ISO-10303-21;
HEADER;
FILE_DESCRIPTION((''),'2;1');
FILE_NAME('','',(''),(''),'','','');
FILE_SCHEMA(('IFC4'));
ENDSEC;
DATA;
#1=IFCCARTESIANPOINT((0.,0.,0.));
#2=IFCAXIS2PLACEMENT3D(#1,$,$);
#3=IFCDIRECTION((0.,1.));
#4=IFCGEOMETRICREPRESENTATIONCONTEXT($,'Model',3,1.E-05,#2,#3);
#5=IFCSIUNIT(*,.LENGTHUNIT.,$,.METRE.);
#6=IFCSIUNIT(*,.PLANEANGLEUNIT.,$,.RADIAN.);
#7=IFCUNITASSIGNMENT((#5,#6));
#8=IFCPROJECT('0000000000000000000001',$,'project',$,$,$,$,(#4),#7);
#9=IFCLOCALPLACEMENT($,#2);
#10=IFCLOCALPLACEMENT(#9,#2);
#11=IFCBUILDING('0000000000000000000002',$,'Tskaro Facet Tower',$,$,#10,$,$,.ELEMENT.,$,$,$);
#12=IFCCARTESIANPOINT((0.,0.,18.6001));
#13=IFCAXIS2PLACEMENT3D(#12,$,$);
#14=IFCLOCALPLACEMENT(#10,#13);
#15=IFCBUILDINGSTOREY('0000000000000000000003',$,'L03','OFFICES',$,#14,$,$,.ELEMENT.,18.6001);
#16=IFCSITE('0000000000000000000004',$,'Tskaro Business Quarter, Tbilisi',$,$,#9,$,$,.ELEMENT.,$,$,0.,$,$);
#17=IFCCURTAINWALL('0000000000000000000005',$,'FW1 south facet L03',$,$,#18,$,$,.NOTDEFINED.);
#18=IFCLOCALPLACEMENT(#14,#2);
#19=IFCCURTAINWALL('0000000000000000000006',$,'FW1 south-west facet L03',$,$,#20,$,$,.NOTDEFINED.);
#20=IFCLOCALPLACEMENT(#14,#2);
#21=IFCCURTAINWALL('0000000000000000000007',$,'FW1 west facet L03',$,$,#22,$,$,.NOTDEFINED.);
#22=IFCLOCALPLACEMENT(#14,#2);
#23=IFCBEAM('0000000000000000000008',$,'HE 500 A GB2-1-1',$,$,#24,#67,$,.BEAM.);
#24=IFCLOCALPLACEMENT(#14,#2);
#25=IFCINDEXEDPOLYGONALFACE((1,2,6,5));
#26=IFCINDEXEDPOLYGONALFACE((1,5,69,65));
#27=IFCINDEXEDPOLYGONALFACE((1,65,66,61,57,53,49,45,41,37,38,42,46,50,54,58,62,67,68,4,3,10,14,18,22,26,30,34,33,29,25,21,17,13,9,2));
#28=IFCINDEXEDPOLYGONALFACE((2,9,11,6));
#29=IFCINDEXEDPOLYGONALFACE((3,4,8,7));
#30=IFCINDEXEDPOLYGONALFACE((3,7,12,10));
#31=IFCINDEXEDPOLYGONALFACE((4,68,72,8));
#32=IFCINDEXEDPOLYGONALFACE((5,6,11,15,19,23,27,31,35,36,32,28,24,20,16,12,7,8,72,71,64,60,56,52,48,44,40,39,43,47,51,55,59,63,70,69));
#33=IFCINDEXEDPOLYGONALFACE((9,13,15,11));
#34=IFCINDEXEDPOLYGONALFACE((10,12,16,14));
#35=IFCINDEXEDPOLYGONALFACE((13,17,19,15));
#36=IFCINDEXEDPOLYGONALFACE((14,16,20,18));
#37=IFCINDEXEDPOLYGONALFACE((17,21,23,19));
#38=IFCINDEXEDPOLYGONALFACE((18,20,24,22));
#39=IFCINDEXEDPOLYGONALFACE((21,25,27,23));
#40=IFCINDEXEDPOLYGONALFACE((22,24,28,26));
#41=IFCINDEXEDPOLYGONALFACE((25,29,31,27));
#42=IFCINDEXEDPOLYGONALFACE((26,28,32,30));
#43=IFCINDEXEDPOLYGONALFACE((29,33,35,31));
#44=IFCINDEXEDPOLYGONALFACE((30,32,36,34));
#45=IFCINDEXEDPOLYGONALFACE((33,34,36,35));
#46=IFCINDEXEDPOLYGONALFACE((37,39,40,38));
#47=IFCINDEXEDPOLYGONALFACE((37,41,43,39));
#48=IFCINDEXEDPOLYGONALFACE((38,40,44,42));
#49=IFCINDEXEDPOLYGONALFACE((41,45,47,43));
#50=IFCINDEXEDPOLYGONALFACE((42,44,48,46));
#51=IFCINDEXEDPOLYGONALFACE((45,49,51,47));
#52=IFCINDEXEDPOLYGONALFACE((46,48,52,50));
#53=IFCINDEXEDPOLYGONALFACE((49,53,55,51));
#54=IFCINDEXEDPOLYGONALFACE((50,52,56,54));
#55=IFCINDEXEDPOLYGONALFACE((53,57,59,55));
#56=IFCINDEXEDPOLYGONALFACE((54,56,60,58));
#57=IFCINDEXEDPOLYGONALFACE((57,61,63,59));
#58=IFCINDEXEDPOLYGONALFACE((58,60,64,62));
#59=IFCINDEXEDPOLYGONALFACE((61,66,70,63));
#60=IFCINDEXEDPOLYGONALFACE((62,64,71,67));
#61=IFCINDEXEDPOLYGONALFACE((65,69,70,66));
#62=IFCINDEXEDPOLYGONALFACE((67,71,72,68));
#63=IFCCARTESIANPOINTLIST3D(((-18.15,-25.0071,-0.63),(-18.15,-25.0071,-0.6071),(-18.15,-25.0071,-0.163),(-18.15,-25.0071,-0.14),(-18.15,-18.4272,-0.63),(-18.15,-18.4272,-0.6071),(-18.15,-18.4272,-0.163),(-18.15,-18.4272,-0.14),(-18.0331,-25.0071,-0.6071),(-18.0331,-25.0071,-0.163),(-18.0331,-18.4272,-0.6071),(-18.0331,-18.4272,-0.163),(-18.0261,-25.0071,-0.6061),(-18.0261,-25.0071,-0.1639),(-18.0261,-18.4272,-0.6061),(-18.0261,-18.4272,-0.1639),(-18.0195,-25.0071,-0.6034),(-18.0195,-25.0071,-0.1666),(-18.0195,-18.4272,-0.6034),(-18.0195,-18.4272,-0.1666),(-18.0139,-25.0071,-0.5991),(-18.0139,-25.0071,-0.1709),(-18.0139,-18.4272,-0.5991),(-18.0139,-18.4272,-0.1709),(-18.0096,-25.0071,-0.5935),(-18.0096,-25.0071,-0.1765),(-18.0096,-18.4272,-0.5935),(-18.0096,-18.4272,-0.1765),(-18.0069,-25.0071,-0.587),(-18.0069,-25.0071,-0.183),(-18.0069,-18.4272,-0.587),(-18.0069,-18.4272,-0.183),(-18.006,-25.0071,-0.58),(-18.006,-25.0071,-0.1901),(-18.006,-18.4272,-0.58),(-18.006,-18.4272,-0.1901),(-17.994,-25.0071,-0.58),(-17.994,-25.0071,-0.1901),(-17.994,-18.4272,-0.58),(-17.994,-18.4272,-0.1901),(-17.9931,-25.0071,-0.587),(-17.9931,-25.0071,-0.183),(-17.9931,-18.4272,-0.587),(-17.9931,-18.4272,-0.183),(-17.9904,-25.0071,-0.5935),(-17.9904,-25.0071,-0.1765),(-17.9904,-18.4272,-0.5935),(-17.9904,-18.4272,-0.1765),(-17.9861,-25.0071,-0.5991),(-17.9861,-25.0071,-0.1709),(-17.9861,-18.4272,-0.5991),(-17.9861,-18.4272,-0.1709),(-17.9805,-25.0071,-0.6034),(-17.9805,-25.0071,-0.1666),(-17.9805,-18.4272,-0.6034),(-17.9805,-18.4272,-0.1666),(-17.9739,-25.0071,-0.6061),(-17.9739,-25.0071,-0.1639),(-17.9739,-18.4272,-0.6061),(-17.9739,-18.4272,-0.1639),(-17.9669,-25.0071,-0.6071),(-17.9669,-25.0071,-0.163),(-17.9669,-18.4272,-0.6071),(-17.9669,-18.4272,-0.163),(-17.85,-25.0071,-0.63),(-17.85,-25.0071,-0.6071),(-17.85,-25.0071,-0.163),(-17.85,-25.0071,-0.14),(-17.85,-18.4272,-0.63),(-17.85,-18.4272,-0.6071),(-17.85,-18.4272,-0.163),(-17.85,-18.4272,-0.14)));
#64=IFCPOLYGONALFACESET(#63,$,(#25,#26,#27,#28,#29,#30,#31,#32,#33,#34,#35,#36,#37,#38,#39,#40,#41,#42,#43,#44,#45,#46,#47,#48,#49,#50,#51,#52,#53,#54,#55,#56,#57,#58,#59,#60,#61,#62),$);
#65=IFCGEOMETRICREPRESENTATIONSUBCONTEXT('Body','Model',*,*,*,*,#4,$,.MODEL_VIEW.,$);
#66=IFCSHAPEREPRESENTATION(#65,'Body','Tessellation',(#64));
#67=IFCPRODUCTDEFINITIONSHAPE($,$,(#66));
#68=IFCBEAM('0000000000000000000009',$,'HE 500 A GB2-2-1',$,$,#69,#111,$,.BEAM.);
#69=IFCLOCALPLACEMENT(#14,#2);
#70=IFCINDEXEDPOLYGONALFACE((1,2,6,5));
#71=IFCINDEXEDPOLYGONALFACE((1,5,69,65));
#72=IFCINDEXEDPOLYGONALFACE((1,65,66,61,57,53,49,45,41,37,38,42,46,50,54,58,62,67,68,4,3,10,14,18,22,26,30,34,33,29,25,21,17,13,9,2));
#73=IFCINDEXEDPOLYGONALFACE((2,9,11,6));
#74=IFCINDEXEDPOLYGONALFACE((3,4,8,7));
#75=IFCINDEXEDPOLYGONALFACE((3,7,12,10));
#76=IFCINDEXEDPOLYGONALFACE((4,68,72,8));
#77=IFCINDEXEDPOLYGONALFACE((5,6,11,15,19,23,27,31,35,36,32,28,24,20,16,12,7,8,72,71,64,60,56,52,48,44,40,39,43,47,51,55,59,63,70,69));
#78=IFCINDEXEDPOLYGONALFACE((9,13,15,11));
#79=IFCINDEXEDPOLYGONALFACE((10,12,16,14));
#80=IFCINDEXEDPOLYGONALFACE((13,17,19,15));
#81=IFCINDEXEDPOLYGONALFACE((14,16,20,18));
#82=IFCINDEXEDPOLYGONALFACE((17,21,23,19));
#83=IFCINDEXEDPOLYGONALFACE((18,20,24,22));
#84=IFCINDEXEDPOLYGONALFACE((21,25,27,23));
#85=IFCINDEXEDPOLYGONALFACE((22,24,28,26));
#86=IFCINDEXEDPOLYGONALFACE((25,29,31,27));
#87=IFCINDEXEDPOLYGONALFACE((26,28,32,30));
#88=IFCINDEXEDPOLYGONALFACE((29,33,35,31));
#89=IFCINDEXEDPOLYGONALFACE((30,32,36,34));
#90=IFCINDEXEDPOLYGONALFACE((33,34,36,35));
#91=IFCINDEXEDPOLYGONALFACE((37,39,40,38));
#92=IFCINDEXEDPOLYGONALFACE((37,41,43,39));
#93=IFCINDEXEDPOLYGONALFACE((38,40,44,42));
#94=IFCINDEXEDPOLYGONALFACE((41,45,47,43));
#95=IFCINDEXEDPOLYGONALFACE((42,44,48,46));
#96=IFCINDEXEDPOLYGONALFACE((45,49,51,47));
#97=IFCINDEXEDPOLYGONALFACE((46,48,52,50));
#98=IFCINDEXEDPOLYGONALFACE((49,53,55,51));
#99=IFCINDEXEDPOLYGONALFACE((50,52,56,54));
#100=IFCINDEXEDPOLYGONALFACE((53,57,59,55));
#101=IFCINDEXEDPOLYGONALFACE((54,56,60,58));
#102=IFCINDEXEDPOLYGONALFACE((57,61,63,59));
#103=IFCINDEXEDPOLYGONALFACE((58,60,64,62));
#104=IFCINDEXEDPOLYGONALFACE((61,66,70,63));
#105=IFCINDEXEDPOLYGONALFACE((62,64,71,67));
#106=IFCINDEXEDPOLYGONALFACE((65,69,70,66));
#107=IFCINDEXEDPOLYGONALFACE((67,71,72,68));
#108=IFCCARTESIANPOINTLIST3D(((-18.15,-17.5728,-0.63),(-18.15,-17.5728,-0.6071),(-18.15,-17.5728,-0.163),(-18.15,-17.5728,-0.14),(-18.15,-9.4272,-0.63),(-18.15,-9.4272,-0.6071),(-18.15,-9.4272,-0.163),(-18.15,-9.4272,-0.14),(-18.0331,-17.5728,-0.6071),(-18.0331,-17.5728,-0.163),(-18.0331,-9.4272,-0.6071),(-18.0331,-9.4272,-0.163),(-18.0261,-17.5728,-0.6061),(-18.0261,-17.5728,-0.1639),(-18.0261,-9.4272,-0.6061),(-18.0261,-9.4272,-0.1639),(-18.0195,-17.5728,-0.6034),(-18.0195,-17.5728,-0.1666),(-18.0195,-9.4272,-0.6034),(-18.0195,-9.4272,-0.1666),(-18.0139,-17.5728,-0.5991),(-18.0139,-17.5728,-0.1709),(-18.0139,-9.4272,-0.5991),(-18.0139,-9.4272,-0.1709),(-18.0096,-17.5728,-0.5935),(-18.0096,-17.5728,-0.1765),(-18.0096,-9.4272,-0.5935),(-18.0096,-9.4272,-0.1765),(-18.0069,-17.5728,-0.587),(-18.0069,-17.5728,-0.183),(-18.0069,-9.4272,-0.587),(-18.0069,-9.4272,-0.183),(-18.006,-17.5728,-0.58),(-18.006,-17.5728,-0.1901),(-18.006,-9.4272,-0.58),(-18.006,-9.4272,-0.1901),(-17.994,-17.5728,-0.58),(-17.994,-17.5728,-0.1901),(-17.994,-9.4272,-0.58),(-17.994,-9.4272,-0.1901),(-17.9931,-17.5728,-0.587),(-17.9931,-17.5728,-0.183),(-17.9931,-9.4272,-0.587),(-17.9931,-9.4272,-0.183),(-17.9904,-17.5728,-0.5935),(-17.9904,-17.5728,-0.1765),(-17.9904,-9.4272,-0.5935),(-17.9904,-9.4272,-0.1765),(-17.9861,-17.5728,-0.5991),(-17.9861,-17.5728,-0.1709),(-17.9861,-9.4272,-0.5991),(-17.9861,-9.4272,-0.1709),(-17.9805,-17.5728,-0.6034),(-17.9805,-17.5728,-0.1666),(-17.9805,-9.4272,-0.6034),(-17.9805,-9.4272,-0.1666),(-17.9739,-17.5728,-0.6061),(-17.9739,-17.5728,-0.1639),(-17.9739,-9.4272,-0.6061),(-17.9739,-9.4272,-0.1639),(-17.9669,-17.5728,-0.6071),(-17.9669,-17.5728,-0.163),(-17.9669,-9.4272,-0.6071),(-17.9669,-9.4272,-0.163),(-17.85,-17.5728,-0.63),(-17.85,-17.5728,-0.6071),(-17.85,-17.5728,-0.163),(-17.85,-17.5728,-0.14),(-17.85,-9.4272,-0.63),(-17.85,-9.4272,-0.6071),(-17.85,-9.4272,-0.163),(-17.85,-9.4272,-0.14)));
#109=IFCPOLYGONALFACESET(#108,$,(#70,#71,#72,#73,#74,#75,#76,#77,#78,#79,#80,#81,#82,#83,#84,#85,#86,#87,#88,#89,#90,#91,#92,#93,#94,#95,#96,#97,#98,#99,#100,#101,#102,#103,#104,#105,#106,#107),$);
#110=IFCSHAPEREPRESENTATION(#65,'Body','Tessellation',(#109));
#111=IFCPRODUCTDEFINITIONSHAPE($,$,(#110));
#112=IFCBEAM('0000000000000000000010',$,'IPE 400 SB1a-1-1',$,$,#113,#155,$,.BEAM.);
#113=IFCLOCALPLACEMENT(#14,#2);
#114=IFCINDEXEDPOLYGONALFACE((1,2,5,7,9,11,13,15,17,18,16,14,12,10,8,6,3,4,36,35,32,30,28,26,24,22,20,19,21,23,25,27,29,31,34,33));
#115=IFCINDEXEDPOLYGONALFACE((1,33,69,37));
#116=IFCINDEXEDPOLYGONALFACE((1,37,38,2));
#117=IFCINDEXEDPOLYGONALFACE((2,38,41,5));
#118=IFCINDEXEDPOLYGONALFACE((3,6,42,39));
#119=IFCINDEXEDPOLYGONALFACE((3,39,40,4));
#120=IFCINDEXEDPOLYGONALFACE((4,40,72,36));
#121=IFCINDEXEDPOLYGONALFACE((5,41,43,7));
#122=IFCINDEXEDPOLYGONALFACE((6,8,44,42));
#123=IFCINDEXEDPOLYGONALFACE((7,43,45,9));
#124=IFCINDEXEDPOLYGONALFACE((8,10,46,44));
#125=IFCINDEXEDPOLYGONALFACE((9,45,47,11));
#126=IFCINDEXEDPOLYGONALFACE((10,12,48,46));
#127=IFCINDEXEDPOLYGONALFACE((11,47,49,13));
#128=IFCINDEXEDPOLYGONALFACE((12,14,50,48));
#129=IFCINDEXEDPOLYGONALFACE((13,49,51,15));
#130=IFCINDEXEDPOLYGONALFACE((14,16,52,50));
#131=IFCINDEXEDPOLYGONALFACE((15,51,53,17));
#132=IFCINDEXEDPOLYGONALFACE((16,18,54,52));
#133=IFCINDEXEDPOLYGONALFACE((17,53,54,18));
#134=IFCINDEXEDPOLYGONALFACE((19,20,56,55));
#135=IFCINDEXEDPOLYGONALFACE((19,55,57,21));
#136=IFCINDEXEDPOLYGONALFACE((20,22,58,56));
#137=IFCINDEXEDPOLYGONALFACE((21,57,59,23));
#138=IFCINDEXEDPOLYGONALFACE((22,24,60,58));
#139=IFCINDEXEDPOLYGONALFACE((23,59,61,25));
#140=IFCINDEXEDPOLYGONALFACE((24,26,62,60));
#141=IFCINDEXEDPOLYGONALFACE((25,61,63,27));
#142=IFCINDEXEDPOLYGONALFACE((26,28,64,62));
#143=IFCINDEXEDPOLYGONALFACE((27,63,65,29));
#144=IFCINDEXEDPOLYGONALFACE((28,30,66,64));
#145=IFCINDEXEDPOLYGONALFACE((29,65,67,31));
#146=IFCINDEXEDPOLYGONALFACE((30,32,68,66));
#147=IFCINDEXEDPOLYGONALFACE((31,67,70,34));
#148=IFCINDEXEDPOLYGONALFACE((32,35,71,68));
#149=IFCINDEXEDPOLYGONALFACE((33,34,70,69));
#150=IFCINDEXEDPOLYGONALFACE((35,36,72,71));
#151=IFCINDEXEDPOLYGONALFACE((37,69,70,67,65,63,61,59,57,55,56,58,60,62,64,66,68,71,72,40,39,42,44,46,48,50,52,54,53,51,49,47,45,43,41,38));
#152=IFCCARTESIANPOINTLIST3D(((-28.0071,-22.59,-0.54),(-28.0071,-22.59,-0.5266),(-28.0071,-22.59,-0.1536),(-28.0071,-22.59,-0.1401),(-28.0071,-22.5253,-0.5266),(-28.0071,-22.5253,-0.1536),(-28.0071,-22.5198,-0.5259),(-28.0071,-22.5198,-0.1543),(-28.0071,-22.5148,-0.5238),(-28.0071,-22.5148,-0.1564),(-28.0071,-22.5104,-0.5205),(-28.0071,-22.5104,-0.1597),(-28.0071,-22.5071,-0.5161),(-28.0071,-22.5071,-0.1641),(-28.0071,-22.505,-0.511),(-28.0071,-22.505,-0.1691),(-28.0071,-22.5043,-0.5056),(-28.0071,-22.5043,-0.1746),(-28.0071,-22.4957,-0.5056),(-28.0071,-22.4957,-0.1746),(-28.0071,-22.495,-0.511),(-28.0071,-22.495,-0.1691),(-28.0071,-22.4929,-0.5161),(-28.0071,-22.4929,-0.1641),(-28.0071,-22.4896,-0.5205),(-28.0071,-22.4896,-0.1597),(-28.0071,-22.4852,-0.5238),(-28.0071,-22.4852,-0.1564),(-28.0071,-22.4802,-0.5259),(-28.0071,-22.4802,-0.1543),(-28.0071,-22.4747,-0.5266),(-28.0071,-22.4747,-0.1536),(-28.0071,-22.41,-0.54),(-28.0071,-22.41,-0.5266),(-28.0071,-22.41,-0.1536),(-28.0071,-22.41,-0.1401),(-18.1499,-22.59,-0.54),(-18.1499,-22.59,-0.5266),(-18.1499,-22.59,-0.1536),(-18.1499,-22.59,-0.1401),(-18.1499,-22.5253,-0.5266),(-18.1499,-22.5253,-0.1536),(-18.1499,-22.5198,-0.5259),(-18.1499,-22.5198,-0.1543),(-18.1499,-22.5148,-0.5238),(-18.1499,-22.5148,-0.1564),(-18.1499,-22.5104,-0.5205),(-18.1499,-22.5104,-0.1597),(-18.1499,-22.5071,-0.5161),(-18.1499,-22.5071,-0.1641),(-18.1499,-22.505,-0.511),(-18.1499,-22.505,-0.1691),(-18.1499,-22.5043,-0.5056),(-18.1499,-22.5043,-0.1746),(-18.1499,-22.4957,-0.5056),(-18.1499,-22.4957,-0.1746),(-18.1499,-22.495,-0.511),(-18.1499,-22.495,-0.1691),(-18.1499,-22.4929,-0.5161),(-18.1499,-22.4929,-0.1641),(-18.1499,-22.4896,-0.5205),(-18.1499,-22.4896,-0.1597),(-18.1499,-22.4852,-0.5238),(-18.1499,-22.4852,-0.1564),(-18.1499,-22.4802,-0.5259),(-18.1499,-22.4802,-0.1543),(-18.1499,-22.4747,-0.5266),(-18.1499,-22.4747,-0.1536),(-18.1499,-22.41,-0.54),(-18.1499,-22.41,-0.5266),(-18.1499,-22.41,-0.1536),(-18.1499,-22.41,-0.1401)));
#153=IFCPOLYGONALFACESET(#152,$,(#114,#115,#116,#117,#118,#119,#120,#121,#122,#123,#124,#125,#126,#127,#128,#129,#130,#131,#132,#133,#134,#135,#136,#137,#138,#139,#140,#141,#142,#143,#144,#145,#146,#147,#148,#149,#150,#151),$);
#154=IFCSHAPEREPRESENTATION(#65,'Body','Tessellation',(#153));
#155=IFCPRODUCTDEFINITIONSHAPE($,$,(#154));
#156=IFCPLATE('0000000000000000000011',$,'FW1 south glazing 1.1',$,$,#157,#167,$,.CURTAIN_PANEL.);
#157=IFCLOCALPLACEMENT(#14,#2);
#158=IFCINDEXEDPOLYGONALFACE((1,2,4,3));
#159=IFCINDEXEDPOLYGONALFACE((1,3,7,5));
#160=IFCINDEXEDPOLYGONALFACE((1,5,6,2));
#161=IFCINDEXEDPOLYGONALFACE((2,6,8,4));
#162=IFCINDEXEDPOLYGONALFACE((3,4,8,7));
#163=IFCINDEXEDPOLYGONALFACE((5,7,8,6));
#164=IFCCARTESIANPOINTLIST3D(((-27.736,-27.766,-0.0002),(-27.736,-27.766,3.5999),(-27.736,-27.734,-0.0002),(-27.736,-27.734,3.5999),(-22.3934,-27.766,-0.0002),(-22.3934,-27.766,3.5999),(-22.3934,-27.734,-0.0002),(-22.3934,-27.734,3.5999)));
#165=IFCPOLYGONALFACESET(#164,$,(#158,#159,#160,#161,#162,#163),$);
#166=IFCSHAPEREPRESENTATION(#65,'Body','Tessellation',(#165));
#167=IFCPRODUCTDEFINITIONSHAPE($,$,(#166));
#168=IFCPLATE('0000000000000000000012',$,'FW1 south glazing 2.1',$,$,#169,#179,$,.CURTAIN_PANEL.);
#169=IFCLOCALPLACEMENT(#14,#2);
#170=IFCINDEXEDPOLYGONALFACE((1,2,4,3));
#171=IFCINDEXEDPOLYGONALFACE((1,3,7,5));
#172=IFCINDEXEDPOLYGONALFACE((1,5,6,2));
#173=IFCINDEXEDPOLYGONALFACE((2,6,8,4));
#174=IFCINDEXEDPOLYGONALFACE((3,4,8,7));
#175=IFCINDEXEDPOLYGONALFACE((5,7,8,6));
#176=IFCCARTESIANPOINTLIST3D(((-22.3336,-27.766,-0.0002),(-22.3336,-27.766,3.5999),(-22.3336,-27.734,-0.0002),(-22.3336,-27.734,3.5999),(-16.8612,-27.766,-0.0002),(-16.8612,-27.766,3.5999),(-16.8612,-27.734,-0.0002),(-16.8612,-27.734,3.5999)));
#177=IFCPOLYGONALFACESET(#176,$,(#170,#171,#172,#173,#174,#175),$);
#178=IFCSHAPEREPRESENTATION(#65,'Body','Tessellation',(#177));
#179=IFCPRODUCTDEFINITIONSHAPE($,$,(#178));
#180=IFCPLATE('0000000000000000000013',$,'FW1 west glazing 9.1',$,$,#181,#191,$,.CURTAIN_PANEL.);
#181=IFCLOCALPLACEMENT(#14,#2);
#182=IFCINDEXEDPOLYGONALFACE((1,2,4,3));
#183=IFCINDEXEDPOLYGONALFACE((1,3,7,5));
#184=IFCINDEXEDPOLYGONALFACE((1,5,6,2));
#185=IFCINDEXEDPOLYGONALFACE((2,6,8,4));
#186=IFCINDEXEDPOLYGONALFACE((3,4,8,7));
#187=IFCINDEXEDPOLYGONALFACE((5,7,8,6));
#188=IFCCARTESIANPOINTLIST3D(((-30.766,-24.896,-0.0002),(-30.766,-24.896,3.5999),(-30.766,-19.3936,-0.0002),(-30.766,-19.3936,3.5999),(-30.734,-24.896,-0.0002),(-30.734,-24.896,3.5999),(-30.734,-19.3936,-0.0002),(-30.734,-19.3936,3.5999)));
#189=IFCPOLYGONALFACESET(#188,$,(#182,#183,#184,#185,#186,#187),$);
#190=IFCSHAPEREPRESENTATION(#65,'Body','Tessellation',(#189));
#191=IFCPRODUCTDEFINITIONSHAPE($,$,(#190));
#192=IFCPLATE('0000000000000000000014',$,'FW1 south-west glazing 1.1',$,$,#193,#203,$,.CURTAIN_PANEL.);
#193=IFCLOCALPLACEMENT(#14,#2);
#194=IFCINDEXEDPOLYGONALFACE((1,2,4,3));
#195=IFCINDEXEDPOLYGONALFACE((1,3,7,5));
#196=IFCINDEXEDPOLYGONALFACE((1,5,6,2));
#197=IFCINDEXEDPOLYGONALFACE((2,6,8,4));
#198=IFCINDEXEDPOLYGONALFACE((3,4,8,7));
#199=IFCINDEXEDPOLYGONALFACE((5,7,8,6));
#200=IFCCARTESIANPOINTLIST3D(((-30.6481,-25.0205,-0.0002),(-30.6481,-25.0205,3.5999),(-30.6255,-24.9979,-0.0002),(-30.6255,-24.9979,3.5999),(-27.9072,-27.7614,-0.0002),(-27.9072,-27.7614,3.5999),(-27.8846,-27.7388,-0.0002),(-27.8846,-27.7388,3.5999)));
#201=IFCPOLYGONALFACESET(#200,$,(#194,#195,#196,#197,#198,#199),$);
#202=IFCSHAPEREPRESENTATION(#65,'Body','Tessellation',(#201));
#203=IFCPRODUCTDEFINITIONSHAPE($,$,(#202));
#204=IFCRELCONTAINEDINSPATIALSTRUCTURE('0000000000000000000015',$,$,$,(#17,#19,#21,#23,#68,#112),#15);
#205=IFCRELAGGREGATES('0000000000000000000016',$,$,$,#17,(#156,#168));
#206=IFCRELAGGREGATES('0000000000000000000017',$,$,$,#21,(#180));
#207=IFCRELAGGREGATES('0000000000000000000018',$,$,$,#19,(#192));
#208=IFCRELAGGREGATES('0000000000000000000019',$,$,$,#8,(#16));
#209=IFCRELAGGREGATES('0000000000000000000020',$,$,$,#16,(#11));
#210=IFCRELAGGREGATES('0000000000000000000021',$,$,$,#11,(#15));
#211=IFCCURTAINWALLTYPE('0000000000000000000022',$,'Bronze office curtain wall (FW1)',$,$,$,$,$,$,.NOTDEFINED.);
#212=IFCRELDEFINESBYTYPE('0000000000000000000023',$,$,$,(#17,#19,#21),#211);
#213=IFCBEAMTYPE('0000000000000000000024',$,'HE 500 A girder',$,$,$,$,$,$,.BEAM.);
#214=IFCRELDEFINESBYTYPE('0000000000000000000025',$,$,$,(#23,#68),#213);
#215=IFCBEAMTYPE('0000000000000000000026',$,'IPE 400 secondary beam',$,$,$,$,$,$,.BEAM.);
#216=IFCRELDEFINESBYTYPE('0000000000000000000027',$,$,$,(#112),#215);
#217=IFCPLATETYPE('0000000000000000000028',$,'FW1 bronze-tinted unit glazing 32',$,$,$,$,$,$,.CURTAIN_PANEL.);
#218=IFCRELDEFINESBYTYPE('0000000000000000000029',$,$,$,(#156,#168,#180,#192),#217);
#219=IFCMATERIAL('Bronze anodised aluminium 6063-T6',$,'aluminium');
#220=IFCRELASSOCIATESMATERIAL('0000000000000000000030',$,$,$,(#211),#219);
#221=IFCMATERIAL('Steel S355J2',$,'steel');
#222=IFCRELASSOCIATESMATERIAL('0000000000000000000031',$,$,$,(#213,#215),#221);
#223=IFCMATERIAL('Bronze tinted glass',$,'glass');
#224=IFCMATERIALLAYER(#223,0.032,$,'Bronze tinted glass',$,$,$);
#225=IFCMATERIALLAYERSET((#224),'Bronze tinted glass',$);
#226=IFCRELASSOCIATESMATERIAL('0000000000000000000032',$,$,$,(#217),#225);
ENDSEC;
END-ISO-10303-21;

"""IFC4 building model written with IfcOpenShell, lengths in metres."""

from ifc_helpers import new_model, si_unit, direction, frame, origin, origin_2d, place, context, subcontext, project, spatial, rectangle, i_section, extrude, material, layer, layer_set, material_profile, profile_set, type_object, element, aggregate, save


model = new_model("IFC4")

# Units and contexts
model_context = context("Model", 3, precision=1e-05, world=origin(), true_north=direction((0.0, 1.0)))
body_context = subcontext(model_context, "Body", "Model", "MODEL_VIEW")
ifc_project = project(units=[si_unit("LENGTHUNIT", "METRE"), si_unit("PLANEANGLEUNIT", "RADIAN")], contexts=[model_context])

# Site, building, storey
site_placement = place(None, origin())
site = spatial("IfcSite", under=ifc_project, at=site_placement, Name="Tskaro Business Quarter, Tbilisi", CompositionType="ELEMENT", RefElevation=0.0)
building_placement = place(site_placement, origin())
building = spatial("IfcBuilding", under=site, at=building_placement, Name="Tskaro Facet Tower", CompositionType="ELEMENT")
storey_placement = place(building_placement, frame((0.0, 0.0, 18.6001)))
storey = spatial("IfcBuildingStorey", under=building, at=storey_placement, Name="L03", Description="OFFICES", CompositionType="ELEMENT", Elevation=18.6001)

# Curtain walls
ifc_material_1 = material(Name="Bronze anodised aluminium 6063-T6", Category="aluminium")
curtain_wall_type = type_object("IfcCurtainWallType", Name="Bronze office curtain wall (FW1)", PredefinedType="NOTDEFINED", material=ifc_material_1)
curtain_wall_1_placement = place(storey_placement, origin())
curtain_wall_1 = element("IfcCurtainWall", 1, at=curtain_wall_1_placement, inside=storey, type_object=curtain_wall_type, Name="FW1 south facet L03", PredefinedType="NOTDEFINED")
curtain_wall_2_placement = place(storey_placement, origin())
curtain_wall_2 = element("IfcCurtainWall", 2, at=curtain_wall_2_placement, inside=storey, type_object=curtain_wall_type, Name="FW1 south-west facet L03", PredefinedType="NOTDEFINED")

# Curtain wall
curtain_wall_3_placement = place(storey_placement, origin())
curtain_wall_3 = element("IfcCurtainWall", 3, at=curtain_wall_3_placement, inside=storey, type_object=curtain_wall_type, Name="FW1 west facet L03", PredefinedType="NOTDEFINED")

# Beams
ifc_material_2 = material(Name="Steel S355J2", Category="steel")
ifc_material_profile_1 = material_profile(ifc_material_2, i_section(OverallWidth=0.3, OverallDepth=0.49, WebThickness=0.012, FlangeThickness=0.0229, FilletRadius=0.0271, at=origin_2d()), Name="HE 500 A")
ifc_profile_set_1 = profile_set([ifc_material_profile_1], Name="Steel S355J2")
beam_type_1 = type_object("IfcBeamType", Name="HE 500 A girder", PredefinedType="BEAM", material=ifc_profile_set_1)
beam_1_placement = place(storey_placement, frame((-18.0, -25.0071, -0.385), z_axis=(0.0, 1.0, 0.0), x_axis=(-1.0, 0.0, 0.0)))
element("IfcBeam", 4, at=beam_1_placement, inside=storey, type_object=beam_type_1, Name="HE 500 A GB2-1-1", PredefinedType="BEAM", context=body_context, shape_type="SweptSolid", body=[
    extrude(i_section(OverallWidth=0.3, OverallDepth=0.49, WebThickness=0.012, FlangeThickness=0.0229, FilletRadius=0.0271, at=origin_2d()), origin(), (0.0, 0.0, 1.0), 6.5798),
])
beam_2_placement = place(storey_placement, frame((-18.0, -17.5728, -0.385), z_axis=(0.0, 1.0, 0.0), x_axis=(-1.0, 0.0, 0.0)))
element("IfcBeam", 5, at=beam_2_placement, inside=storey, type_object=beam_type_1, Name="HE 500 A GB2-2-1", PredefinedType="BEAM", context=body_context, shape_type="SweptSolid", body=[
    extrude(i_section(OverallWidth=0.3, OverallDepth=0.49, WebThickness=0.012, FlangeThickness=0.0229, FilletRadius=0.0271, at=origin_2d()), origin(), (0.0, 0.0, 1.0), 8.1455),
])
ifc_material_profile_2 = material_profile(ifc_material_2, i_section(OverallWidth=0.1799, OverallDepth=0.3999, WebThickness=0.0085, FlangeThickness=0.0134, FilletRadius=0.021, at=origin_2d()), Name="IPE 400")
ifc_profile_set_2 = profile_set([ifc_material_profile_2], Name="Steel S355J2")
beam_type_2 = type_object("IfcBeamType", Name="IPE 400 secondary beam", PredefinedType="BEAM", material=ifc_profile_set_2)
beam_3_placement = place(storey_placement, frame((-28.0071, -22.5, -0.3401), z_axis=(1.0, 0.0, 0.0), x_axis=(0.0, 1.0, 0.0)))
element("IfcBeam", 6, at=beam_3_placement, inside=storey, type_object=beam_type_2, Name="IPE 400 SB1a-1-1", PredefinedType="BEAM", context=body_context, shape_type="SweptSolid", body=[
    extrude(i_section(OverallWidth=0.1799, OverallDepth=0.3999, WebThickness=0.0085, FlangeThickness=0.0134, FilletRadius=0.021, at=origin_2d()), origin(), (0.0, 0.0, 1.0), 9.8572),
])

# Plates
ifc_material_3 = material(Name="Bronze tinted glass", Category="glass")
ifc_layer_1 = layer(ifc_material_3, 0.032, Name="Bronze tinted glass")
ifc_layer_set_1 = layer_set([ifc_layer_1], Name="Bronze tinted glass")
plate_type = type_object("IfcPlateType", Name="FW1 bronze-tinted unit glazing 32", PredefinedType="CURTAIN_PANEL", material=ifc_layer_set_1)
plate_1_placement = place(storey_placement, frame((-25.0647, -27.75, -0.0002), z_axis=(0.0, 0.0, 1.0), x_axis=(1.0, 0.0, 0.0)))
plate_1 = element("IfcPlate", 7, at=plate_1_placement, type_object=plate_type, Name="FW1 south glazing 1.1", PredefinedType="CURTAIN_PANEL", context=body_context, shape_type="SweptSolid", body=[
    extrude(rectangle(XDim=5.3425, YDim=0.032, at=origin_2d()), origin(), (0.0, 0.0, 1.0), 3.6001),
])
plate_2_placement = place(storey_placement, frame((-19.5974, -27.75, -0.0002), z_axis=(0.0, 0.0, 1.0), x_axis=(1.0, 0.0, 0.0)))
plate_2 = element("IfcPlate", 8, at=plate_2_placement, type_object=plate_type, Name="FW1 south glazing 2.1", PredefinedType="CURTAIN_PANEL", context=body_context, shape_type="SweptSolid", body=[
    extrude(rectangle(XDim=5.4724, YDim=0.032, at=origin_2d()), origin(), (0.0, 0.0, 1.0), 3.6001),
])
aggregate(curtain_wall_1, [plate_1, plate_2])
plate_3_placement = place(storey_placement, frame((-30.75, -22.1448, -0.0002), z_axis=(0.0, 0.0, 1.0), x_axis=(0.0, -1.0, 0.0)))
plate_3 = element("IfcPlate", 9, at=plate_3_placement, type_object=plate_type, Name="FW1 west glazing 9.1", PredefinedType="CURTAIN_PANEL", context=body_context, shape_type="SweptSolid", body=[
    extrude(rectangle(XDim=5.5024, YDim=0.032, at=origin_2d()), origin(), (0.0, 0.0, 1.0), 3.6001),
])
aggregate(curtain_wall_3, [plate_3])
plate_4_placement = place(storey_placement, frame((-29.2664, -26.3796, -0.0002), z_axis=(0.0, 0.0, 1.0), x_axis=(0.707107, -0.707107, 0.0)))
plate_4 = element("IfcPlate", 10, at=plate_4_placement, type_object=plate_type, Name="FW1 south-west glazing 1.1", PredefinedType="CURTAIN_PANEL", context=body_context, shape_type="SweptSolid", body=[
    extrude(rectangle(XDim=3.8762, YDim=0.032, at=origin_2d()), origin(), (0.0, 0.0, 1.0), 3.6001),
])
aggregate(curtain_wall_2, [plate_4])

save(model, "model.ifc")
